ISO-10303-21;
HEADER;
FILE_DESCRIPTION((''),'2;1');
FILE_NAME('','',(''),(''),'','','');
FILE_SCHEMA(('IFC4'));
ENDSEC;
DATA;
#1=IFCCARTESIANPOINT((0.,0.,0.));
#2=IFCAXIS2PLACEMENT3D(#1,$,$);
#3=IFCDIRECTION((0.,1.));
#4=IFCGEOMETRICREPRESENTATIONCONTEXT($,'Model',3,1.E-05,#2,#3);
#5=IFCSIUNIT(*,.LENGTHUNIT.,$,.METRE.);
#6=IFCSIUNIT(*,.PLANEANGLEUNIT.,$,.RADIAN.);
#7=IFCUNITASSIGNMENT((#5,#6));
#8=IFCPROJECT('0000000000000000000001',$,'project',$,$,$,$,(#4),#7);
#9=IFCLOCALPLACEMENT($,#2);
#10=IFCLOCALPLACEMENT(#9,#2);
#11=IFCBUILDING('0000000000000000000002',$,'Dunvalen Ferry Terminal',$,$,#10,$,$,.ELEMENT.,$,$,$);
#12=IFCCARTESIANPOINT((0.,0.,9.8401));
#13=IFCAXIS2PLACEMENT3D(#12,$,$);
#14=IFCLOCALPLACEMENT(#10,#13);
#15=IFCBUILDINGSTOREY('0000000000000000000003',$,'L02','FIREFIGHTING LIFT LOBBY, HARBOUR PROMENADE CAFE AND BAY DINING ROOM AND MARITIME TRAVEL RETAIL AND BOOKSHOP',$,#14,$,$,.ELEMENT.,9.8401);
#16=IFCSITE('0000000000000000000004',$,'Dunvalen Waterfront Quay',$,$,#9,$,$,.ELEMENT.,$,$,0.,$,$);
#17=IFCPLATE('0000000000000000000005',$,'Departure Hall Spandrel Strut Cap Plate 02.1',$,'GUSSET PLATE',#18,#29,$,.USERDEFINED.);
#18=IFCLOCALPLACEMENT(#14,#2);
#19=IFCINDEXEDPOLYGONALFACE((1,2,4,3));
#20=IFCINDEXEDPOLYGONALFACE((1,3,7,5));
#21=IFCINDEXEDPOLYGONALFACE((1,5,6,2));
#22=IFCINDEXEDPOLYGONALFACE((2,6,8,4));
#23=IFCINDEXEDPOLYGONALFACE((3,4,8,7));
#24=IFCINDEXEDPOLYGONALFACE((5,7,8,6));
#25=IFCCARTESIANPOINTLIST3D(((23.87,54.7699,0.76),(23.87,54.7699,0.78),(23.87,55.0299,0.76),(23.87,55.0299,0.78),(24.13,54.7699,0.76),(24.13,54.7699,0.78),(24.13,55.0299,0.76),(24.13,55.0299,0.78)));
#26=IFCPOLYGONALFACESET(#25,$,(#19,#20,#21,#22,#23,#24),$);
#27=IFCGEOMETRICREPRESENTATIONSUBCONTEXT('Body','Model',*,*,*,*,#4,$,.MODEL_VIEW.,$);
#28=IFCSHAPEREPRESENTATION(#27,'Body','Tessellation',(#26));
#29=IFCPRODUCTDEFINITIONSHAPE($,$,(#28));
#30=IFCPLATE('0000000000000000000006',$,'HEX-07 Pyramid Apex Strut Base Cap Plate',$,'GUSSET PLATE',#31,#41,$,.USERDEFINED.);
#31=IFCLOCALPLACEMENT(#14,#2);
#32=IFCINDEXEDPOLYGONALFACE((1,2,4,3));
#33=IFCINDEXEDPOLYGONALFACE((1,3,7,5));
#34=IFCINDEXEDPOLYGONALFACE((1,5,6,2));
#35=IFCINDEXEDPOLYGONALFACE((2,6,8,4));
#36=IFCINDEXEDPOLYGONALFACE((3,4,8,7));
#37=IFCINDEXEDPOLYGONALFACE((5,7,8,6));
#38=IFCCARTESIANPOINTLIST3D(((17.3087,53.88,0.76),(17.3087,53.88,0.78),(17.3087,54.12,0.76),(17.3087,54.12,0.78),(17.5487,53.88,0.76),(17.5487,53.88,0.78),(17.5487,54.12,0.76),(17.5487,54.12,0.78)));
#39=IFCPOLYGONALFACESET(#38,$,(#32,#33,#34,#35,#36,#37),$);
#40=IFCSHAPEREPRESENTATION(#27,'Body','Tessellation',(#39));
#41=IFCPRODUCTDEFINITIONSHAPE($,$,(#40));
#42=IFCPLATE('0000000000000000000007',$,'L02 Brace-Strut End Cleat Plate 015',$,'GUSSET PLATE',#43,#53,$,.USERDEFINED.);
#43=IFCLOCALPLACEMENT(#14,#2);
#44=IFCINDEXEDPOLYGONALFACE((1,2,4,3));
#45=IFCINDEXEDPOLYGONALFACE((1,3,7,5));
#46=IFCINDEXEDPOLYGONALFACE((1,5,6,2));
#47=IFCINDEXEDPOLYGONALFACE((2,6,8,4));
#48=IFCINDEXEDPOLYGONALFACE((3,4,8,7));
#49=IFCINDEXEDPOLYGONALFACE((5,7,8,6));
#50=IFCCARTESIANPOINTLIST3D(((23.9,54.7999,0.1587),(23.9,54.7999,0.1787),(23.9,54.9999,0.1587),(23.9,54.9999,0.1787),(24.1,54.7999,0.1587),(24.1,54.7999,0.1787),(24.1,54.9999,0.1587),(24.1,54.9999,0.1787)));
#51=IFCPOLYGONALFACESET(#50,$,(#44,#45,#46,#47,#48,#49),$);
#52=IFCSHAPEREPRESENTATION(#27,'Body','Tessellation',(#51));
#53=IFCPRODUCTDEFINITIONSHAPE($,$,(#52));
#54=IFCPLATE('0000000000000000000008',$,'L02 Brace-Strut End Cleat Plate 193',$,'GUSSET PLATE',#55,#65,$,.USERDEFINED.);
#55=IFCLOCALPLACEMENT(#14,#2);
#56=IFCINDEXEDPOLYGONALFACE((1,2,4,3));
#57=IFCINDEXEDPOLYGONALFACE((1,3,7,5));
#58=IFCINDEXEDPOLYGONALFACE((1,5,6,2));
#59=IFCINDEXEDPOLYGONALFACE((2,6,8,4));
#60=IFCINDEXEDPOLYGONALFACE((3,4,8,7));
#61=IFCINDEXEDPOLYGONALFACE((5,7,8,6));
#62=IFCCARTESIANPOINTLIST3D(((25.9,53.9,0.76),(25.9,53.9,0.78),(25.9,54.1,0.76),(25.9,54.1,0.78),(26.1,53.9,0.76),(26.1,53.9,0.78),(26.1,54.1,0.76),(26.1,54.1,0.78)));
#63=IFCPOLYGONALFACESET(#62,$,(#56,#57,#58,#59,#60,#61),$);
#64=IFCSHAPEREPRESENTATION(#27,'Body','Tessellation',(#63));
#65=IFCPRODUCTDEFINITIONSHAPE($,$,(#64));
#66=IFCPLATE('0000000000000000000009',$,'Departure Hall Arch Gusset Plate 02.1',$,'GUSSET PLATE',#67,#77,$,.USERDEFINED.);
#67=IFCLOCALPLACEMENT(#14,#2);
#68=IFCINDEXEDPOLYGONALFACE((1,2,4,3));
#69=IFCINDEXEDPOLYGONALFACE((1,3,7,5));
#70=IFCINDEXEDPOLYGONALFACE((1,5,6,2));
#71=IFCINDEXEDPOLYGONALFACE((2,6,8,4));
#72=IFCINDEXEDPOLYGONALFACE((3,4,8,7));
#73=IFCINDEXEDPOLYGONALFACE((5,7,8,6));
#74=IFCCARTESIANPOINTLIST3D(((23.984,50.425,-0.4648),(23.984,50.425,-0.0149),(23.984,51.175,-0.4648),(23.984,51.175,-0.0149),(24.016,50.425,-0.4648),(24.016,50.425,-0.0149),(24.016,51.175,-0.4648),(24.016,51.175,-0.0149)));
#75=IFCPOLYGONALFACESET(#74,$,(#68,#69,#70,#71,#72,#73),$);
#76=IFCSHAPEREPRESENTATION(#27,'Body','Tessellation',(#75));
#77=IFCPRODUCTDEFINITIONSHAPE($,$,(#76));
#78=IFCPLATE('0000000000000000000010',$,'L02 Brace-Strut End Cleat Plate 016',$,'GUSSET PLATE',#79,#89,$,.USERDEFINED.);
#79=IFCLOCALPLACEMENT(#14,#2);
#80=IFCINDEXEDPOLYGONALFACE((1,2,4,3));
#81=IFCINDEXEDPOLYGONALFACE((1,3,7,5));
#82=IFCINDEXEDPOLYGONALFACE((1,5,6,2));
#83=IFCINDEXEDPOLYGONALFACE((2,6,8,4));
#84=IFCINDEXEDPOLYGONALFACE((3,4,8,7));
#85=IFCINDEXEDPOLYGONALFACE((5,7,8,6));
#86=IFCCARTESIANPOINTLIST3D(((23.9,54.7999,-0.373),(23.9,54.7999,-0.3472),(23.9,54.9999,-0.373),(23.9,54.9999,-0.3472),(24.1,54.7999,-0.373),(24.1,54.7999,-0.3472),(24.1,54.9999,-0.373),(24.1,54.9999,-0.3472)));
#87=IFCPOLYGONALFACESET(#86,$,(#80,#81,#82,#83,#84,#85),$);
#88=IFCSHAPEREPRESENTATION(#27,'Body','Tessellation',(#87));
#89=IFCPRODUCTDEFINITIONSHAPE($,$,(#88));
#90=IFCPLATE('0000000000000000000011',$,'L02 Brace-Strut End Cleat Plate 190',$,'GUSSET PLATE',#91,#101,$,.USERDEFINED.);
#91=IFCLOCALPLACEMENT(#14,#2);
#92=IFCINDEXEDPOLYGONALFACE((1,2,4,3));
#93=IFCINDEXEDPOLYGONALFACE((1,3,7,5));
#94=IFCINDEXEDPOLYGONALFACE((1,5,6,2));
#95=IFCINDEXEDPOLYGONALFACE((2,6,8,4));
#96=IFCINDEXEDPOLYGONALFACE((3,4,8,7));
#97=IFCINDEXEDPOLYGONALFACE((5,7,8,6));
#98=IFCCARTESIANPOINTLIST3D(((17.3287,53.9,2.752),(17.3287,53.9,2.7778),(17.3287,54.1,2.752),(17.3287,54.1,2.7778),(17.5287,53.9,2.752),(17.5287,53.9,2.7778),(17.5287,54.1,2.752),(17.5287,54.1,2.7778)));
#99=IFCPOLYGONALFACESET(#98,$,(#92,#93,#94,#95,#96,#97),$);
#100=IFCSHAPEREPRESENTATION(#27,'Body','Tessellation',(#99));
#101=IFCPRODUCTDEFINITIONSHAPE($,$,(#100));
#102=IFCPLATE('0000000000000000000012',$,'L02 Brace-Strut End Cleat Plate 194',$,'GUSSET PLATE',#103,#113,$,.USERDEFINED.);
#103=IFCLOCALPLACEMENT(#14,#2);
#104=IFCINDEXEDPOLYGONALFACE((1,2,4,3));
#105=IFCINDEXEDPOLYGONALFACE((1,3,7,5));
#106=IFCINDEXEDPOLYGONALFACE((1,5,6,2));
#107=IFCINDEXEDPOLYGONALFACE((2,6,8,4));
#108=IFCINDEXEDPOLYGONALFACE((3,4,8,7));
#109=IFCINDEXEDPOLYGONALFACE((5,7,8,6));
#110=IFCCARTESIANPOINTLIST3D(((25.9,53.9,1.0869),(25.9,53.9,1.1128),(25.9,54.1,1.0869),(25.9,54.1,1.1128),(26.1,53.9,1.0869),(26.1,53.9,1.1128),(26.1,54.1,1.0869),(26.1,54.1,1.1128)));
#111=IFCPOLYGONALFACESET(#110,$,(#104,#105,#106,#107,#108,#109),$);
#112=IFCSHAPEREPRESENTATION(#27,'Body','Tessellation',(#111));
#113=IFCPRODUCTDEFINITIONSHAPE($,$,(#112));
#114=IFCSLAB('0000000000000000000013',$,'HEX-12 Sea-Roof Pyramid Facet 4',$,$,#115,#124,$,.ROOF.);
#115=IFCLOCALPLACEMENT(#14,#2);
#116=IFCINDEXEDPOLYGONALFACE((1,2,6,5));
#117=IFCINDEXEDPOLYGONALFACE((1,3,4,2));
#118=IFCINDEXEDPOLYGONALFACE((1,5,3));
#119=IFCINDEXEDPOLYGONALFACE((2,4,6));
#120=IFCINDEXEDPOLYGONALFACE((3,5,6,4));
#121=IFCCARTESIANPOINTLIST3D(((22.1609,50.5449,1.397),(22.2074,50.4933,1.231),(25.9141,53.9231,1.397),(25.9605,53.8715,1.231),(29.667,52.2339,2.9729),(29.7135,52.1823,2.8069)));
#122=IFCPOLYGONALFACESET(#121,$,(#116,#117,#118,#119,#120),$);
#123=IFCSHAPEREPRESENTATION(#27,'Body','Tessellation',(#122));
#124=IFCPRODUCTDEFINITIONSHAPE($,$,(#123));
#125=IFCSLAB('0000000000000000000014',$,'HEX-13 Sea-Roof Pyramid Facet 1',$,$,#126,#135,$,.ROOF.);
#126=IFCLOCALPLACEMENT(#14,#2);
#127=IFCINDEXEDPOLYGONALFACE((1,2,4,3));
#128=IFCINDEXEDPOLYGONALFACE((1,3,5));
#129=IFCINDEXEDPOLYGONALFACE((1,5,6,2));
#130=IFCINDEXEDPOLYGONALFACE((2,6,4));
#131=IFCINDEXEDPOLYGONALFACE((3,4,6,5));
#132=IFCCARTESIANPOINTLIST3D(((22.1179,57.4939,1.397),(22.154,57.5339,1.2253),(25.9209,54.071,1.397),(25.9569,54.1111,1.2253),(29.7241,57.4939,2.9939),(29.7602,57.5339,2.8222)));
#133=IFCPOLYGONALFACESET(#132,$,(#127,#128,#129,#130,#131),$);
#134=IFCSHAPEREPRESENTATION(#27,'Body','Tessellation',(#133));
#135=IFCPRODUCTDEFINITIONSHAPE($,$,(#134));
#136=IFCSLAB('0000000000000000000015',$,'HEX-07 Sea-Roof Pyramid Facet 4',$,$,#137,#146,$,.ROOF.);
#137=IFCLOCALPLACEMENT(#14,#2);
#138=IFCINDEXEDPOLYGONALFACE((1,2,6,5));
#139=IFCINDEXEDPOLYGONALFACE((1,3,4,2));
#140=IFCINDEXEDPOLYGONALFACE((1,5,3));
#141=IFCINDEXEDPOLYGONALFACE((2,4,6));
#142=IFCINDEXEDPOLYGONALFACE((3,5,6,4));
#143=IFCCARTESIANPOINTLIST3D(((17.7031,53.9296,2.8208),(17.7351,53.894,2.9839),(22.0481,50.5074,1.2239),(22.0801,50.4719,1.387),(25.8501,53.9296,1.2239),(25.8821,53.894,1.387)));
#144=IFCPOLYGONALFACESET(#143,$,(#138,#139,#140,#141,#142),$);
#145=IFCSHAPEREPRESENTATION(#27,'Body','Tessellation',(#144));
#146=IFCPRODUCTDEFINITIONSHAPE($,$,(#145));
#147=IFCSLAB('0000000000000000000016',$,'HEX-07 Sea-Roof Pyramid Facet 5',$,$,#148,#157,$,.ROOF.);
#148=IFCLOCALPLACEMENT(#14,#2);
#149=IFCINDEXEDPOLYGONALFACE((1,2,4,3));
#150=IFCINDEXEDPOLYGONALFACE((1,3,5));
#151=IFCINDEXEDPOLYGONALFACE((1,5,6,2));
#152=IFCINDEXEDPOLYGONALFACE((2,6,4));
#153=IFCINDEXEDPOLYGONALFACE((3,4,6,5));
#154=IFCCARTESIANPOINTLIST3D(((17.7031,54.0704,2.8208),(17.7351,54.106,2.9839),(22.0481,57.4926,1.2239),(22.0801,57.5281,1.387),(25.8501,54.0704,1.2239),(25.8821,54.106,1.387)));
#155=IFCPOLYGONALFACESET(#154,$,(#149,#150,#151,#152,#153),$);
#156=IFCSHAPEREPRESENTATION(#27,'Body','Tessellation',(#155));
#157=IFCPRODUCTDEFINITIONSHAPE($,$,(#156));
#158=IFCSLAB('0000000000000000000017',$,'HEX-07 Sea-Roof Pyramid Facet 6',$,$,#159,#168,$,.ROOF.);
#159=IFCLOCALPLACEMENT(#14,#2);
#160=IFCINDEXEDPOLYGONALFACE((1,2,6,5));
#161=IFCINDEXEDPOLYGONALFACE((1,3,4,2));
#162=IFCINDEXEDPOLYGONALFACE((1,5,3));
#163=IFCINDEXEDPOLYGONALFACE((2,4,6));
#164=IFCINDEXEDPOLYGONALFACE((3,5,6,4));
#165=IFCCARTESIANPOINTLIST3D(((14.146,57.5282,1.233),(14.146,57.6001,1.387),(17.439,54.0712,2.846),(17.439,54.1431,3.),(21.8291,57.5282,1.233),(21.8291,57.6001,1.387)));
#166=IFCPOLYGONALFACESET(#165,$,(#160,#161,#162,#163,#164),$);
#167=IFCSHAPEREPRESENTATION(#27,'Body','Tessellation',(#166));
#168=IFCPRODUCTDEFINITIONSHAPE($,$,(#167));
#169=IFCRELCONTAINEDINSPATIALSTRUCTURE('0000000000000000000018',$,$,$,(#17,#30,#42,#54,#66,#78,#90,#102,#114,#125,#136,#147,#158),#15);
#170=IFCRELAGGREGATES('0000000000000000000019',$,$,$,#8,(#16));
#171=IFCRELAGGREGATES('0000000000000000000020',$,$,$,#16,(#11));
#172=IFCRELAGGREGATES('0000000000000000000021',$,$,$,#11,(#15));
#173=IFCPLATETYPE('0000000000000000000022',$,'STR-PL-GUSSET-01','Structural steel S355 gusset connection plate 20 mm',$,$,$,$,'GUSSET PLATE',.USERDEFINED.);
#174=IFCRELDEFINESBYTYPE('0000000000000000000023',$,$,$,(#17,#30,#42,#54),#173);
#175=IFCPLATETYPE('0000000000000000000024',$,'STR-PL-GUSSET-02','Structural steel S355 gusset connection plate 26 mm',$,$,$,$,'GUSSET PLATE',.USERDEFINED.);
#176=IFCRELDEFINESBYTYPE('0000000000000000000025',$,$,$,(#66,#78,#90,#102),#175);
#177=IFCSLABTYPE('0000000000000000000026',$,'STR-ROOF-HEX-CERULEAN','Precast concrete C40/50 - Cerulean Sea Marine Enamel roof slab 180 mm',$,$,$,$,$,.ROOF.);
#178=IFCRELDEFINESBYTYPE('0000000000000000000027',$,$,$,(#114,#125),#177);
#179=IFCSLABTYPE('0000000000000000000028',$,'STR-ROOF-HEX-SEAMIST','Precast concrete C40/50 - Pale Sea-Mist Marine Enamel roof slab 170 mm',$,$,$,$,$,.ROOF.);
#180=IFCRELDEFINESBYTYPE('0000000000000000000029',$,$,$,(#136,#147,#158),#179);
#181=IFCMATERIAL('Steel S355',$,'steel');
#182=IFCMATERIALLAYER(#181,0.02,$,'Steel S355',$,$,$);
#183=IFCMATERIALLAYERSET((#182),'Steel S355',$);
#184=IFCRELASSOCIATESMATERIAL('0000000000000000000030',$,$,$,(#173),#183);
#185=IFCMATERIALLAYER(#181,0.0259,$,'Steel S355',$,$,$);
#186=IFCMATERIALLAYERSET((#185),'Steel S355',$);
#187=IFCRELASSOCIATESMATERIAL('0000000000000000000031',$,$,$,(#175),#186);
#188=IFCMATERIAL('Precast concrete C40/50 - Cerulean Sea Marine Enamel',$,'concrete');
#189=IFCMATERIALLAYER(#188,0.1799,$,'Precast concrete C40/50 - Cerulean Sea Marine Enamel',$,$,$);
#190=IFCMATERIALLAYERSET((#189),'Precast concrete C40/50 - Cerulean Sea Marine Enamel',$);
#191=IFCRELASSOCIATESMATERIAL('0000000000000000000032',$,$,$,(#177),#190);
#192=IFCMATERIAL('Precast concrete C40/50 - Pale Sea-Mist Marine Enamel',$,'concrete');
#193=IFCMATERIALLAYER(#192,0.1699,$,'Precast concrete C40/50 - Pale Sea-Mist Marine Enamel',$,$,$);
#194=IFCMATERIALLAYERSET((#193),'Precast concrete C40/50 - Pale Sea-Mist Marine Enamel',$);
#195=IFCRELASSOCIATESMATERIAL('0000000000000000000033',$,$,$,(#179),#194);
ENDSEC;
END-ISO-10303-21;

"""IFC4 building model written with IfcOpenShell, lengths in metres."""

from ifc_helpers import new_model, si_unit, direction, frame, origin, origin_2d, place, context, subcontext, project, spatial, polyline, rectangle, outline, extrude, material, layer, layer_set, type_object, element, save


model = new_model("IFC4")

# Units and contexts
model_context = context("Model", 3, precision=1e-05, world=origin(), true_north=direction((0.0, 1.0)))
body_context = subcontext(model_context, "Body", "Model", "MODEL_VIEW")
ifc_project = project(units=[si_unit("LENGTHUNIT", "METRE"), si_unit("PLANEANGLEUNIT", "RADIAN")], contexts=[model_context])

# Site, building, storey
site_placement = place(None, origin())
site = spatial("IfcSite", under=ifc_project, at=site_placement, Name="Dunvalen Waterfront Quay", CompositionType="ELEMENT", RefElevation=0.0)
building_placement = place(site_placement, origin())
building = spatial("IfcBuilding", under=site, at=building_placement, Name="Dunvalen Ferry Terminal", CompositionType="ELEMENT")
storey_placement = place(building_placement, frame((0.0, 0.0, 9.8401)))
storey = spatial("IfcBuildingStorey", under=building, at=storey_placement, Name="L02", Description="FIREFIGHTING LIFT LOBBY, HARBOUR PROMENADE CAFE AND BAY DINING ROOM AND MARITIME TRAVEL RETAIL AND BOOKSHOP", CompositionType="ELEMENT", Elevation=9.8401)

# Shared definitions
ifc_material_1 = material(Name="Steel S355", Category="steel")

# Plates
ifc_layer_1 = layer(ifc_material_1, 0.02, Name="Steel S355")
ifc_layer_set_1 = layer_set([ifc_layer_1], Name="Steel S355")
plate_type_1 = type_object("IfcPlateType", Name="STR-PL-GUSSET-01", Description="Structural steel S355 gusset connection plate 20 mm", ElementType="GUSSET PLATE", PredefinedType="USERDEFINED", material=ifc_layer_set_1)
plate_1_placement = place(storey_placement, frame((24.0, 54.8999, 0.76), z_axis=(0.0, 0.0, 1.0), x_axis=(1.0, 0.0, 0.0)))
element("IfcPlate", 1, at=plate_1_placement, inside=storey, type_object=plate_type_1, Name="Departure Hall Spandrel Strut Cap Plate 02.1", ObjectType="GUSSET PLATE", PredefinedType="USERDEFINED", context=body_context, shape_type="SweptSolid", body=[
    extrude(rectangle(XDim=0.26, YDim=0.26, at=origin_2d()), origin(), (0.0, 0.0, 1.0), 0.02),
])
plate_2_placement = place(storey_placement, frame((17.4287, 54.0, 0.76), z_axis=(0.0, 0.0, 1.0), x_axis=(1.0, 0.0, 0.0)))
element("IfcPlate", 2, at=plate_2_placement, inside=storey, type_object=plate_type_1, Name="HEX-07 Pyramid Apex Strut Base Cap Plate", ObjectType="GUSSET PLATE", PredefinedType="USERDEFINED", context=body_context, shape_type="SweptSolid", body=[
    extrude(rectangle(XDim=0.24, YDim=0.24, at=origin_2d()), origin(), (0.0, 0.0, 1.0), 0.02),
])
for number, where, z_axis, x_axis, name in (
    (3, (24.0, 54.8999, 0.1587), (0.0, 0.0, 1.0), (1.0, 0.0, 0.0), "L02 Brace-Strut End Cleat Plate 015"),
    (4, (26.0, 54.0, 0.76), (0.0, 0.0, 1.0), (1.0, 0.0, 0.0), "L02 Brace-Strut End Cleat Plate 193"),
):
    element("IfcPlate", number, at=place(storey_placement, frame(where, z_axis=z_axis, x_axis=x_axis)), inside=storey, type_object=plate_type_1, Name=name, ObjectType="GUSSET PLATE", PredefinedType="USERDEFINED", context=body_context, shape_type="SweptSolid", body=[
        extrude(rectangle(XDim=0.2, YDim=0.2, at=origin_2d()), origin(), (0.0, 0.0, 1.0), 0.02),
    ])
ifc_layer_2 = layer(ifc_material_1, 0.0259, Name="Steel S355")
ifc_layer_set_2 = layer_set([ifc_layer_2], Name="Steel S355")
plate_type_2 = type_object("IfcPlateType", Name="STR-PL-GUSSET-02", Description="Structural steel S355 gusset connection plate 26 mm", ElementType="GUSSET PLATE", PredefinedType="USERDEFINED", material=ifc_layer_set_2)
plate_3_placement = place(storey_placement, frame((24.0, 50.8, -0.4648), z_axis=(0.0, 0.0, 1.0), x_axis=(1.0, 0.0, 0.0)))
element("IfcPlate", 5, at=plate_3_placement, inside=storey, type_object=plate_type_2, Name="Departure Hall Arch Gusset Plate 02.1", ObjectType="GUSSET PLATE", PredefinedType="USERDEFINED", context=body_context, shape_type="SweptSolid", body=[
    extrude(rectangle(XDim=0.032, YDim=0.75, at=origin_2d()), origin(), (0.0, 0.0, 1.0), 0.45),
])
for number, where, z_axis, x_axis, name in (
    (6, (24.0, 54.8999, -0.373), (0.0, 0.0, 1.0), (1.0, 0.0, 0.0), "L02 Brace-Strut End Cleat Plate 016"),
    (7, (17.4287, 54.0, 2.752), (0.0, 0.0, 1.0), (1.0, 0.0, 0.0), "L02 Brace-Strut End Cleat Plate 190"),
    (8, (26.0, 54.0, 1.0869), (0.0, 0.0, 1.0), (1.0, 0.0, 0.0), "L02 Brace-Strut End Cleat Plate 194"),
):
    element("IfcPlate", number, at=place(storey_placement, frame(where, z_axis=z_axis, x_axis=x_axis)), inside=storey, type_object=plate_type_2, Name=name, ObjectType="GUSSET PLATE", PredefinedType="USERDEFINED", context=body_context, shape_type="SweptSolid", body=[
        extrude(rectangle(XDim=0.2, YDim=0.2, at=origin_2d()), origin(), (0.0, 0.0, 1.0), 0.0259),
    ])

# Slabs
ifc_material_2 = material(Name="Precast concrete C40/50 - Cerulean Sea Marine Enamel", Category="concrete")
ifc_layer_3 = layer(ifc_material_2, 0.1799, Name="Precast concrete C40/50 - Cerulean Sea Marine Enamel")
ifc_layer_set_3 = layer_set([ifc_layer_3], Name="Precast concrete C40/50 - Cerulean Sea Marine Enamel")
slab_type_1 = type_object("IfcSlabType", Name="STR-ROOF-HEX-CERULEAN", Description="Precast concrete C40/50 - Cerulean Sea Marine Enamel roof slab 180 mm", PredefinedType="ROOF", material=ifc_layer_set_3)
slab_1_placement = place(storey_placement, frame((25.9141, 53.9231, 1.397), z_axis=(-0.258238, 0.286904, 0.922496), x_axis=(-0.743263, -0.668999, 0.0)))
element("IfcSlab", 9, at=slab_1_placement, inside=storey, type_object=slab_type_1, Name="HEX-12 Sea-Roof Pyramid Facet 4", PredefinedType="ROOF", context=body_context, shape_type="SweptSolid", body=[
    extrude(outline(polyline([(0.0, 0.0), (5.0496, 0.0), (-1.6593, 4.0827), (0.0, 0.0)])), origin(), (0.0, 0.0, -1.0), 0.1799),
])
slab_2_placement = place(storey_placement, frame((22.1179, 57.4939, 1.397), z_axis=(-0.200317, -0.222563, 0.954117), x_axis=(0.743278, -0.668983, 0.0)))
element("IfcSlab", 10, at=slab_2_placement, inside=storey, type_object=slab_type_1, Name="HEX-13 Sea-Roof Pyramid Facet 1", PredefinedType="ROOF", context=body_context, shape_type="SweptSolid", body=[
    extrude(outline(polyline([(0.0, 0.0), (5.1165, 0.0), (5.6535, 5.3331), (0.0, 0.0)])), origin(), (0.0, 0.0, -1.0), 0.1799),
])
ifc_material_3 = material(Name="Precast concrete C40/50 - Pale Sea-Mist Marine Enamel", Category="concrete")
ifc_layer_4 = layer(ifc_material_3, 0.1699, Name="Precast concrete C40/50 - Pale Sea-Mist Marine Enamel")
ifc_layer_set_4 = layer_set([ifc_layer_4], Name="Precast concrete C40/50 - Pale Sea-Mist Marine Enamel")
slab_type_2 = type_object("IfcSlabType", Name="STR-ROOF-HEX-SEAMIST", Description="Precast concrete C40/50 - Pale Sea-Mist Marine Enamel roof slab 170 mm", PredefinedType="ROOF", material=ifc_layer_set_4)
slab_3_placement = place(storey_placement, frame((22.0801, 50.4719, 1.387), z_axis=(0.188106, -0.208988, 0.959656), x_axis=(0.743263, 0.668999, 0.0)))
element("IfcSlab", 11, at=slab_3_placement, inside=storey, type_object=slab_type_2, Name="HEX-07 Sea-Roof Pyramid Facet 4", PredefinedType="ROOF", context=body_context, shape_type="SweptSolid", body=[
    extrude(outline(polyline([(0.0, 0.0), (5.1153, 0.0), (-0.9401, 5.6794), (0.0, 0.0)])), origin(), (0.0, 0.0, -1.0), 0.1699),
])
slab_4_placement = place(storey_placement, frame((25.8821, 54.106, 1.387), z_axis=(0.188106, 0.208988, 0.959656), x_axis=(-0.743263, 0.668999, 0.0)))
element("IfcSlab", 12, at=slab_4_placement, inside=storey, type_object=slab_type_2, Name="HEX-07 Sea-Roof Pyramid Facet 5", PredefinedType="ROOF", context=body_context, shape_type="SweptSolid", body=[
    extrude(outline(polyline([(0.0, 0.0), (5.1153, 0.0), (6.0553, 5.6794), (0.0, 0.0)])), origin(), (0.0, 0.0, -1.0), 0.1699),
])
slab_5_placement = place(storey_placement, frame((21.8291, 57.6001, 1.387), z_axis=(0.0, 0.422833, 0.906208), x_axis=(-1.0, 0.0, 0.0)))
element("IfcSlab", 13, at=slab_5_placement, inside=storey, type_object=slab_type_2, Name="HEX-07 Sea-Roof Pyramid Facet 6", PredefinedType="ROOF", context=body_context, shape_type="SweptSolid", body=[
    extrude(outline(polyline([(0.0, 0.0), (7.6831, 0.0), (4.3901, 3.8148), (0.0, 0.0)])), origin(), (0.0, 0.0, -1.0), 0.1699),
])

save(model, "model.ifc")
